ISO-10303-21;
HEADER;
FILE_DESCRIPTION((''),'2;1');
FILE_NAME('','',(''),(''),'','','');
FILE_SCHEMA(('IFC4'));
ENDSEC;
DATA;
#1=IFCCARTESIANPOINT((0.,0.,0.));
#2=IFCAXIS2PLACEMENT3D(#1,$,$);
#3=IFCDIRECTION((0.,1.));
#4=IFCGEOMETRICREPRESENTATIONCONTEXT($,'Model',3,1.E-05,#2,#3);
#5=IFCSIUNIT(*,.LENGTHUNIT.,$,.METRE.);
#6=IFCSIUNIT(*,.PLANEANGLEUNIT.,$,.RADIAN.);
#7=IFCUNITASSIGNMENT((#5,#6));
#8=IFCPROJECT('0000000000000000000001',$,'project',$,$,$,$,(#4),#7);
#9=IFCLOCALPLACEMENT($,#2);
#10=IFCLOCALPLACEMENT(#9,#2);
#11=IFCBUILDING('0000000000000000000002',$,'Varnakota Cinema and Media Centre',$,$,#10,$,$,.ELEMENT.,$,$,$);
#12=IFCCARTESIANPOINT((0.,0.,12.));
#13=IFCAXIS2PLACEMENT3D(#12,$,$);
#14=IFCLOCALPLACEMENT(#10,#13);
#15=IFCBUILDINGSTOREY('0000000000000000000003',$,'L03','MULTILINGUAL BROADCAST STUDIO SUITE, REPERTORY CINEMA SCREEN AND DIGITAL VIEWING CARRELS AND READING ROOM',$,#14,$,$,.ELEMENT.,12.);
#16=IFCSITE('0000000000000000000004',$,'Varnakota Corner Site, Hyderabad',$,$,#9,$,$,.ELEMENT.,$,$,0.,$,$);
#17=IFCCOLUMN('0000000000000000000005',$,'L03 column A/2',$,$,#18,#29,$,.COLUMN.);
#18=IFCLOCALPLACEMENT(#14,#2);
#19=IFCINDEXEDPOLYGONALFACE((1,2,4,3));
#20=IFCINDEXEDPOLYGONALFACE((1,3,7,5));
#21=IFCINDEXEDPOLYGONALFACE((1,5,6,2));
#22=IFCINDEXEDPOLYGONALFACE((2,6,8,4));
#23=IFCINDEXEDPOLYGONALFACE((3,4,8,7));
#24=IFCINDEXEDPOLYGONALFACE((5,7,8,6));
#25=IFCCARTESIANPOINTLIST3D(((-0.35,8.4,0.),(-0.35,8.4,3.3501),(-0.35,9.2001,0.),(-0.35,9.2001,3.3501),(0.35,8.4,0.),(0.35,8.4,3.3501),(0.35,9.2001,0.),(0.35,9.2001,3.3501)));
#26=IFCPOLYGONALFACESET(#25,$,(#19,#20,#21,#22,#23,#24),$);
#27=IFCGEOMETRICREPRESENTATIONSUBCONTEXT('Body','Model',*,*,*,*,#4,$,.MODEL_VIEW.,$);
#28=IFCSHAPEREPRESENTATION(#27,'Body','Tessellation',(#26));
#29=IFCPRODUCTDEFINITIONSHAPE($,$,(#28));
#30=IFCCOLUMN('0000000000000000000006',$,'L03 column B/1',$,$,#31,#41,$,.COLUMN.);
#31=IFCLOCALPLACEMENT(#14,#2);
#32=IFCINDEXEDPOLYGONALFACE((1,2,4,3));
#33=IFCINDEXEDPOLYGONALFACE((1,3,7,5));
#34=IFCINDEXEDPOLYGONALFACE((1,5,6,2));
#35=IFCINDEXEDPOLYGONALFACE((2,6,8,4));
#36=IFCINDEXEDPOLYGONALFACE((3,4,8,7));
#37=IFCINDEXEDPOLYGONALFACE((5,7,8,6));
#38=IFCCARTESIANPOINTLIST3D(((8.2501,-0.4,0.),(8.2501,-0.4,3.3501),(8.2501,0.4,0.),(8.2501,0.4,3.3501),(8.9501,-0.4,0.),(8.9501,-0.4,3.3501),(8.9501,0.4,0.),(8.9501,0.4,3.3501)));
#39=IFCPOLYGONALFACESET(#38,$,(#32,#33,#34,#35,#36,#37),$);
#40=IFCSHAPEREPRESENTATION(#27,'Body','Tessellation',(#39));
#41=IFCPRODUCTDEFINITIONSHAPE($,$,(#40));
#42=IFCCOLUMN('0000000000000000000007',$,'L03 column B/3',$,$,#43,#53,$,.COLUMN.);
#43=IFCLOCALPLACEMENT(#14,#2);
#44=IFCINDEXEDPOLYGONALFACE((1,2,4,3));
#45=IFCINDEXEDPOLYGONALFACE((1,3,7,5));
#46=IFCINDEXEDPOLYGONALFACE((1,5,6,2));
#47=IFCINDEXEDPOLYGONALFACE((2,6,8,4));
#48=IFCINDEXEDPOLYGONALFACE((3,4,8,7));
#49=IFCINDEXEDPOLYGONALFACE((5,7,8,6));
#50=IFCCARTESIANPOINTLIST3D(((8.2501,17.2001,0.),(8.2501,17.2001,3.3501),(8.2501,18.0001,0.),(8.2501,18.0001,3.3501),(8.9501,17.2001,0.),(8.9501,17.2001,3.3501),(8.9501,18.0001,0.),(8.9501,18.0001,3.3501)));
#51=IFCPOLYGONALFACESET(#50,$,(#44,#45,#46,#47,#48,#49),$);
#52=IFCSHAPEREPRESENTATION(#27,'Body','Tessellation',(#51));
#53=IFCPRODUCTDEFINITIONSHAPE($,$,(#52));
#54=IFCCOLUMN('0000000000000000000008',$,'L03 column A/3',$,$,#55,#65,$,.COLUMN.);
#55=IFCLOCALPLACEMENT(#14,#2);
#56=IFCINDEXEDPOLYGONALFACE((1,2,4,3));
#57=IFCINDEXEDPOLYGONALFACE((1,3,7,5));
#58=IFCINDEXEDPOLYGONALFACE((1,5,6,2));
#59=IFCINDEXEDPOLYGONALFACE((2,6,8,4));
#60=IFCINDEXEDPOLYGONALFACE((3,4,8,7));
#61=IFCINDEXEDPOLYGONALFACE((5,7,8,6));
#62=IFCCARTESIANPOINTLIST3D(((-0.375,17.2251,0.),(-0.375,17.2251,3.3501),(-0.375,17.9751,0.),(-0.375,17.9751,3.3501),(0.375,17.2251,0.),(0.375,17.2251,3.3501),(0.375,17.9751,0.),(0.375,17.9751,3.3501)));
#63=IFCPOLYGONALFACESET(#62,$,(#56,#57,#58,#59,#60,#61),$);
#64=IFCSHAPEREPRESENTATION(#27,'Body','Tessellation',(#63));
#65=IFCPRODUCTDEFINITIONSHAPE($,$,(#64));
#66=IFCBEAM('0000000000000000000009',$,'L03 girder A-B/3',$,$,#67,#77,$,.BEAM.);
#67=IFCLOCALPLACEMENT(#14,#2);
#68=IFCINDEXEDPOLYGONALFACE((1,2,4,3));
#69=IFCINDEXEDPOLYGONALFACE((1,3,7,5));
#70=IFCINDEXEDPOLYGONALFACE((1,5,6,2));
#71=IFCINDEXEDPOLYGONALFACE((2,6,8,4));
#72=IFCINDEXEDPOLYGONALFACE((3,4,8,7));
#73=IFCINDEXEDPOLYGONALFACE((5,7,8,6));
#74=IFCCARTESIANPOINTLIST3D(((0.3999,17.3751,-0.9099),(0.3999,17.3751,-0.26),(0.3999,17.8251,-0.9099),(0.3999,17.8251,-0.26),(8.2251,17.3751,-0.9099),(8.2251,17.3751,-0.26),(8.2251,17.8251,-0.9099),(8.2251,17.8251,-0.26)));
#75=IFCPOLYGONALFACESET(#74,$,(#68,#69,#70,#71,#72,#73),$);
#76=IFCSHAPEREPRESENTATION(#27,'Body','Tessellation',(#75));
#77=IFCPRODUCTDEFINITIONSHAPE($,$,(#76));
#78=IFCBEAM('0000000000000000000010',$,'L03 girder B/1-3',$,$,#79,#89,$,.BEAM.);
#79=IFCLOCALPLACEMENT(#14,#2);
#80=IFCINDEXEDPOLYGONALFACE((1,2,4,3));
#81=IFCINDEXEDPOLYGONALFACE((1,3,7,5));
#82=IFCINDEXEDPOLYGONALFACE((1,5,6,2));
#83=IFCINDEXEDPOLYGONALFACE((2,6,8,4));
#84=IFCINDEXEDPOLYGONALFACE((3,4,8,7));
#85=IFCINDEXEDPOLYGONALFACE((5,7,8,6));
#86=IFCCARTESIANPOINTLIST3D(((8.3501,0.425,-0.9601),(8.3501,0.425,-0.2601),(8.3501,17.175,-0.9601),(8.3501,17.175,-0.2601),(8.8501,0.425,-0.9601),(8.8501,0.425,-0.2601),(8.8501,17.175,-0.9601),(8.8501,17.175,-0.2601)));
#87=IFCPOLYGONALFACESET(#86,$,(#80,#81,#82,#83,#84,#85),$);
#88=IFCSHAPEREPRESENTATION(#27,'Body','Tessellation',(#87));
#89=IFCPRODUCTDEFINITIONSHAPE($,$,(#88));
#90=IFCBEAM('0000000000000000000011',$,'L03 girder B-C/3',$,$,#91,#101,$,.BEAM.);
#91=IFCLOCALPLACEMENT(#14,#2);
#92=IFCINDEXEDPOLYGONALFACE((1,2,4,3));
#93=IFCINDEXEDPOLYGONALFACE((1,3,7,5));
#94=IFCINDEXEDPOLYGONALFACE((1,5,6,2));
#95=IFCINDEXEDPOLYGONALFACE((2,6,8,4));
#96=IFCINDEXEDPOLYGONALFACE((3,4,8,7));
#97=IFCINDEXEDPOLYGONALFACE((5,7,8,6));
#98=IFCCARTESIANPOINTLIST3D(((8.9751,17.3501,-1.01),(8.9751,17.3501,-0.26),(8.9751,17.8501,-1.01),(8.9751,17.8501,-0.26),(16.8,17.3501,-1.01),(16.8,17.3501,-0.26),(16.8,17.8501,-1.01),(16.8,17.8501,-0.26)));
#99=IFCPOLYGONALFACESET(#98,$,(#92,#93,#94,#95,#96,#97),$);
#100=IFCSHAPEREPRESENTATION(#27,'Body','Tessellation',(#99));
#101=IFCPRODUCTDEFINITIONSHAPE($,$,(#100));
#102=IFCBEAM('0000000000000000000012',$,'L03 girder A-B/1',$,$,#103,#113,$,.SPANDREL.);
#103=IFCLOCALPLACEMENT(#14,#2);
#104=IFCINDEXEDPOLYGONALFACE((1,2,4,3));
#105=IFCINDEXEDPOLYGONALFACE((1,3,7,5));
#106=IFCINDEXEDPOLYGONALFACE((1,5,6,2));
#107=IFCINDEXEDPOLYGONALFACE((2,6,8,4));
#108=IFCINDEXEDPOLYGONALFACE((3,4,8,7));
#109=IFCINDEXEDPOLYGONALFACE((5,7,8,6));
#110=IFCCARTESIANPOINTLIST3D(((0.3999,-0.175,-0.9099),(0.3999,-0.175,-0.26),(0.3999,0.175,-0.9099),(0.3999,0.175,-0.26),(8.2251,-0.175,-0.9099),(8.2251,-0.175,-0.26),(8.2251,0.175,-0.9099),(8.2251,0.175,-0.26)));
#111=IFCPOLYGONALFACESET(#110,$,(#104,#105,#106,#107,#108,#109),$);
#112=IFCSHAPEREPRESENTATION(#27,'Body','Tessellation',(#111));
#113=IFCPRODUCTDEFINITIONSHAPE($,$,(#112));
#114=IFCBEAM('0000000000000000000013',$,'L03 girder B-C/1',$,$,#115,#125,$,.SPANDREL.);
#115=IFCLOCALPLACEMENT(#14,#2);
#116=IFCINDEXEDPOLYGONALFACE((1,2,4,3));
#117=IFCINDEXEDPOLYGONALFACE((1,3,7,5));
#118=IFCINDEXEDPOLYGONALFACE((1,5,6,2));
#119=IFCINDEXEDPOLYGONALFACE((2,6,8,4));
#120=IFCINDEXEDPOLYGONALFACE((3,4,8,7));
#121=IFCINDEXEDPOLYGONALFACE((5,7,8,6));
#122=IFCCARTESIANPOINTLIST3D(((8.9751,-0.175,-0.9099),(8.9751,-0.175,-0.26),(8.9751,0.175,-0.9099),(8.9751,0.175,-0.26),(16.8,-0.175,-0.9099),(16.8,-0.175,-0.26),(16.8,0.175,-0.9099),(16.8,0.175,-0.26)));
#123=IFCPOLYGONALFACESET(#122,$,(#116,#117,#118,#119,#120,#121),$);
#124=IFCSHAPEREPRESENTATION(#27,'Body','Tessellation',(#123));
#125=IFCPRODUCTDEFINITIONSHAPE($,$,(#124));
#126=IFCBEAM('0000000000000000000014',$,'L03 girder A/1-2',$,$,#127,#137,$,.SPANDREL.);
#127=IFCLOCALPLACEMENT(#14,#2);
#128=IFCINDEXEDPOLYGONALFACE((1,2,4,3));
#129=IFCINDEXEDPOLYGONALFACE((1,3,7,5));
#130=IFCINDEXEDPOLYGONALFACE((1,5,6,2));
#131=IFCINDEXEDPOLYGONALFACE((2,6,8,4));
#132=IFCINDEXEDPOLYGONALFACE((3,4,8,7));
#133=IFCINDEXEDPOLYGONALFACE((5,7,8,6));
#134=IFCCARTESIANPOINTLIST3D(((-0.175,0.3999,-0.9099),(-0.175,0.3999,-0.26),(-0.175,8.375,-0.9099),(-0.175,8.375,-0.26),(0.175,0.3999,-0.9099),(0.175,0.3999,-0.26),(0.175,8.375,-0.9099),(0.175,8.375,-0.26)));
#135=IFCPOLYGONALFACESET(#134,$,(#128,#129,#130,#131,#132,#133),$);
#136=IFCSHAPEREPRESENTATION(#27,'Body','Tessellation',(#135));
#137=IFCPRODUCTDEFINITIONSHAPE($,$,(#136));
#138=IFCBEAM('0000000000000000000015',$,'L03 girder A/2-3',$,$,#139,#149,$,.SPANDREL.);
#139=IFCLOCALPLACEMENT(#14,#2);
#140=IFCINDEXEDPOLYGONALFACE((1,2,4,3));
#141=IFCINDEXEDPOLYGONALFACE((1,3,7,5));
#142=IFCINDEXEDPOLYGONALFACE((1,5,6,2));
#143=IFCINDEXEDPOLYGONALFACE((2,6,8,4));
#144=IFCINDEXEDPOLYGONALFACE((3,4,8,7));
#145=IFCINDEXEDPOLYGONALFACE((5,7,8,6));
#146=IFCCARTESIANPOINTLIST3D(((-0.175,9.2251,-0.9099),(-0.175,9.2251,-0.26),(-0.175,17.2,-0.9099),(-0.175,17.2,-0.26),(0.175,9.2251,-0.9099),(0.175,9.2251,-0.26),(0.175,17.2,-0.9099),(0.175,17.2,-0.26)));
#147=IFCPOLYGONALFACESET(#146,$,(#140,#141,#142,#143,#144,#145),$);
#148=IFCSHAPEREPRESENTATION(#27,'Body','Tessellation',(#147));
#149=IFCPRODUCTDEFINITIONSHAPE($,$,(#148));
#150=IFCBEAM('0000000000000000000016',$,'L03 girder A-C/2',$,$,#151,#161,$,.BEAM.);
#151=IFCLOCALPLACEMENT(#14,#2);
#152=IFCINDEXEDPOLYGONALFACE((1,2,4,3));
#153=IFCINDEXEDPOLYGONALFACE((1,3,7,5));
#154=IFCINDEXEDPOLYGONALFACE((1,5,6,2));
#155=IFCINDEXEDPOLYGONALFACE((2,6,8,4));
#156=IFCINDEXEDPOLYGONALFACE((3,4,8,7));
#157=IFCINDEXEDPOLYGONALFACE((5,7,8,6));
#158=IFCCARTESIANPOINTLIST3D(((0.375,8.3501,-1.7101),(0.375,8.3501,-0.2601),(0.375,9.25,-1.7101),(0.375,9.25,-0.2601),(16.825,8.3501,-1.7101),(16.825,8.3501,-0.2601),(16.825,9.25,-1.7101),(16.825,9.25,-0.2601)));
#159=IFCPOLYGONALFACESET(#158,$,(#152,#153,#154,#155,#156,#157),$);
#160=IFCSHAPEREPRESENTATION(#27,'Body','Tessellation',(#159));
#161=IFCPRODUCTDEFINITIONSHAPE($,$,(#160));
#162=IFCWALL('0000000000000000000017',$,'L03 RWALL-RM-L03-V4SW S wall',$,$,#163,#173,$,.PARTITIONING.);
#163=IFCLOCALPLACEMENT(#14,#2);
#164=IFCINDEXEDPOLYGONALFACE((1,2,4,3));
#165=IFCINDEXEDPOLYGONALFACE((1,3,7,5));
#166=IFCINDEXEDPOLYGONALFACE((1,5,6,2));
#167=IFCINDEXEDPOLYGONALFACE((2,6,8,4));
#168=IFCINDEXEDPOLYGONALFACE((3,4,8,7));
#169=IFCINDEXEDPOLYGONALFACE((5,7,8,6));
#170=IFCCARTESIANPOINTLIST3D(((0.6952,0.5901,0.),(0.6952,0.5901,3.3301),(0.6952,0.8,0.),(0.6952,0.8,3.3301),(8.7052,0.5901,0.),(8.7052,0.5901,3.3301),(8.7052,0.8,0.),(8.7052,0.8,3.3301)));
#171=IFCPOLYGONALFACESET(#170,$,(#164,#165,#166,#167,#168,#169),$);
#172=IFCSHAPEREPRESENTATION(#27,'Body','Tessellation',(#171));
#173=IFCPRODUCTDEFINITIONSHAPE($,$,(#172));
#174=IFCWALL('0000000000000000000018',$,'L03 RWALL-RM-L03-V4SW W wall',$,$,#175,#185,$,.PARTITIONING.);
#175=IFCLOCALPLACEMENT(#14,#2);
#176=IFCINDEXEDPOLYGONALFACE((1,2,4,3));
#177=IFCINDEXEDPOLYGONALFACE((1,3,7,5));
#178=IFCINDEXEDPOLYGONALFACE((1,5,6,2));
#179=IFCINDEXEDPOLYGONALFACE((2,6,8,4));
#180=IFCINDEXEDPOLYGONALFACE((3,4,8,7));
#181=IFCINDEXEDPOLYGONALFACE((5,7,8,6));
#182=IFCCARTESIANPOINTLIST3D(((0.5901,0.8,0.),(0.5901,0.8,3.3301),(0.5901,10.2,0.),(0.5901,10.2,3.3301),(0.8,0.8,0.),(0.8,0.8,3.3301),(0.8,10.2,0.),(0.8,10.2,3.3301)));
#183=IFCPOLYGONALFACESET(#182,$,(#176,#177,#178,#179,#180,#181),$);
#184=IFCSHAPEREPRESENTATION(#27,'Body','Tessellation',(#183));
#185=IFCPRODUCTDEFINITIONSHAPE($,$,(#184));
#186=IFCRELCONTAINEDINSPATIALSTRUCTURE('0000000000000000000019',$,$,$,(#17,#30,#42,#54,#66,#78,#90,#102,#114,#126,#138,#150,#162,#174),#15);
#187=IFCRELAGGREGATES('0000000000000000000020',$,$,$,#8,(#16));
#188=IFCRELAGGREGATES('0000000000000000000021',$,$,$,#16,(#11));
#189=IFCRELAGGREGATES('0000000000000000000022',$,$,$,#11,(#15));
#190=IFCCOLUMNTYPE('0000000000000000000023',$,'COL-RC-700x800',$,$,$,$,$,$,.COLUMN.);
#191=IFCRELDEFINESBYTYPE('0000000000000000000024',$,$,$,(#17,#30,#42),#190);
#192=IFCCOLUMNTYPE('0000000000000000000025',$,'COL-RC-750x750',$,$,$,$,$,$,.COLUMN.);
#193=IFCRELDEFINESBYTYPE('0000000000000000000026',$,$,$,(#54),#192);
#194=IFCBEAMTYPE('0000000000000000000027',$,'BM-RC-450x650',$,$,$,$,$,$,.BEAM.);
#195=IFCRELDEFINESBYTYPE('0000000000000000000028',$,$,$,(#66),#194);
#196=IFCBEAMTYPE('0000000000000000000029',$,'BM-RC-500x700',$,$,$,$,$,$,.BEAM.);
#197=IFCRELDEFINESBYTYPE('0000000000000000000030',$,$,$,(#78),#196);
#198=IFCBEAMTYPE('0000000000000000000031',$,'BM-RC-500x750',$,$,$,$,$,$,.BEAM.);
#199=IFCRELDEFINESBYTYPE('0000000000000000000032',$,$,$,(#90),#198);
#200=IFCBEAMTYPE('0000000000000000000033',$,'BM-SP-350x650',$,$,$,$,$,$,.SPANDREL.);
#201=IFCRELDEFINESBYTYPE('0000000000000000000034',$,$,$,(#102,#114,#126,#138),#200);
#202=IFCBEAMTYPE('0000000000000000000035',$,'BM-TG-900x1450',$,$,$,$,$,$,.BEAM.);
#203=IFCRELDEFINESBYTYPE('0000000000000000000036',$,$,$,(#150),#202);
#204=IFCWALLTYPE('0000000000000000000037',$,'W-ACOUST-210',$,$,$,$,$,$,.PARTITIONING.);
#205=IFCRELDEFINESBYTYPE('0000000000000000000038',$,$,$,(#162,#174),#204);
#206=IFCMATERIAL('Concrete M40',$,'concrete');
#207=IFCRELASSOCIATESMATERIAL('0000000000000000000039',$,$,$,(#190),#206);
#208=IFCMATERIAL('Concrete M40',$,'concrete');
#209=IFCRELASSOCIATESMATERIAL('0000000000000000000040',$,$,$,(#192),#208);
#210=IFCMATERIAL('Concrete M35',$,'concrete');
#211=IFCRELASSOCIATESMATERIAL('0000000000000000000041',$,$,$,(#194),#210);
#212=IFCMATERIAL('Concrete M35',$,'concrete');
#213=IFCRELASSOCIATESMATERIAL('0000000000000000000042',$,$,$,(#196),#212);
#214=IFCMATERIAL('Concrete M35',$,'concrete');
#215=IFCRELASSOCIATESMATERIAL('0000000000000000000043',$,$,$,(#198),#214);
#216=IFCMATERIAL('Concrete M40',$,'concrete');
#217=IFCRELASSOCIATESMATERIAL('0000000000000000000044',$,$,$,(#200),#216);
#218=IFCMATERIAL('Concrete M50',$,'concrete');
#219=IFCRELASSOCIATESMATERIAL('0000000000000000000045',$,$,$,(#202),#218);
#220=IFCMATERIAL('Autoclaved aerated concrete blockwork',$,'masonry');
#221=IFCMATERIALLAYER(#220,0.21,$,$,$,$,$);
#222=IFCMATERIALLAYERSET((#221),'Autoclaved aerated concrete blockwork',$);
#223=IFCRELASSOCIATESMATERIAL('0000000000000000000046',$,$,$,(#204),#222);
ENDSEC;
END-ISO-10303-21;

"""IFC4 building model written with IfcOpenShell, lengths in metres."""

from ifc_helpers import new_model, si_unit, direction, frame, frame_2d, origin, origin_2d, place, context, subcontext, project, spatial, rectangle, extrude, material, layer, layer_set, material_profile, profile_set, type_object, element, save


model = new_model("IFC4")

# Units and contexts
model_context = context("Model", 3, precision=1e-05, world=origin(), true_north=direction((0.0, 1.0)))
body_context = subcontext(model_context, "Body", "Model", "MODEL_VIEW")
ifc_project = project(units=[si_unit("LENGTHUNIT", "METRE"), si_unit("PLANEANGLEUNIT", "RADIAN")], contexts=[model_context])

# Site, building, storey
site_placement = place(None, origin())
site = spatial("IfcSite", under=ifc_project, at=site_placement, Name="Varnakota Corner Site, Hyderabad", CompositionType="ELEMENT", RefElevation=0.0)
building_placement = place(site_placement, origin())
building = spatial("IfcBuilding", under=site, at=building_placement, Name="Varnakota Cinema and Media Centre", CompositionType="ELEMENT")
storey_placement = place(building_placement, frame((0.0, 0.0, 12.0)))
storey = spatial("IfcBuildingStorey", under=building, at=storey_placement, Name="L03", Description="MULTILINGUAL BROADCAST STUDIO SUITE, REPERTORY CINEMA SCREEN AND DIGITAL VIEWING CARRELS AND READING ROOM", CompositionType="ELEMENT", Elevation=12.0)

# Columns
ifc_material_1 = material(Name="Concrete M40", Category="concrete")
ifc_material_profile_1 = material_profile(ifc_material_1, rectangle(XDim=0.7, YDim=0.8, at=origin_2d()), Name="RC 700x800")
ifc_profile_set_1 = profile_set([ifc_material_profile_1], Name="Concrete M40")
column_type_1 = type_object("IfcColumnType", Name="COL-RC-700x800", PredefinedType="COLUMN", material=ifc_profile_set_1)
for number, where, z_axis, x_axis, name in (
    (1, (0.0, 8.8, 0.0), (0.0, 0.0, 1.0), (1.0, 0.0, 0.0), "L03 column A/2"),
    (2, (8.6001, 0.0, 0.0), (0.0, 0.0, 1.0), (1.0, 0.0, 0.0), "L03 column B/1"),
    (3, (8.6001, 17.6001, 0.0), (0.0, 0.0, 1.0), (1.0, 0.0, 0.0), "L03 column B/3"),
):
    element("IfcColumn", number, at=place(storey_placement, frame(where, z_axis=z_axis, x_axis=x_axis)), inside=storey, type_object=column_type_1, Name=name, PredefinedType="COLUMN", context=body_context, shape_type="SweptSolid", body=[
        extrude(rectangle(XDim=0.7, YDim=0.8, at=origin_2d()), origin(), (0.0, 0.0, 1.0), 3.3501),
    ])
ifc_material_2 = material(Name="Concrete M40", Category="concrete")
ifc_material_profile_2 = material_profile(ifc_material_2, rectangle(XDim=0.75, YDim=0.75, at=origin_2d()), Name="RC 750x750")
ifc_profile_set_2 = profile_set([ifc_material_profile_2], Name="Concrete M40")
column_type_2 = type_object("IfcColumnType", Name="COL-RC-750x750", PredefinedType="COLUMN", material=ifc_profile_set_2)
column_placement = place(storey_placement, frame((0.0, 17.6001, 0.0), z_axis=(0.0, 0.0, 1.0), x_axis=(1.0, 0.0, 0.0)))
element("IfcColumn", 4, at=column_placement, inside=storey, type_object=column_type_2, Name="L03 column A/3", PredefinedType="COLUMN", context=body_context, shape_type="SweptSolid", body=[
    extrude(rectangle(XDim=0.75, YDim=0.75, at=origin_2d()), origin(), (0.0, 0.0, 1.0), 3.3501),
])

# Beams
ifc_material_3 = material(Name="Concrete M35", Category="concrete")
ifc_material_profile_3 = material_profile(ifc_material_3, rectangle(XDim=0.45, YDim=0.6499, at=origin_2d()), Name="RCB 450x650")
ifc_profile_set_3 = profile_set([ifc_material_profile_3], Name="Concrete M35")
beam_type_1 = type_object("IfcBeamType", Name="BM-RC-450x650", PredefinedType="BEAM", material=ifc_profile_set_3)
beam_1_placement = place(storey_placement, frame((0.3999, 17.6001, -0.585), z_axis=(1.0, 0.0, 0.0), x_axis=(0.0, 1.0, 0.0)))
element("IfcBeam", 5, at=beam_1_placement, inside=storey, type_object=beam_type_1, Name="L03 girder A-B/3", PredefinedType="BEAM", context=body_context, shape_type="SweptSolid", body=[
    extrude(rectangle(XDim=0.45, YDim=0.6499, at=origin_2d()), origin(), (0.0, 0.0, 1.0), 7.8252),
])
ifc_material_4 = material(Name="Concrete M35", Category="concrete")
ifc_material_profile_4 = material_profile(ifc_material_4, rectangle(XDim=0.5, YDim=0.7, at=origin_2d()), Name="RCB 500x700")
ifc_profile_set_4 = profile_set([ifc_material_profile_4], Name="Concrete M35")
beam_type_2 = type_object("IfcBeamType", Name="BM-RC-500x700", PredefinedType="BEAM", material=ifc_profile_set_4)
beam_2_placement = place(storey_placement, frame((8.6001, 0.425, -0.6101), z_axis=(0.0, 1.0, 0.0), x_axis=(-1.0, 0.0, 0.0)))
element("IfcBeam", 6, at=beam_2_placement, inside=storey, type_object=beam_type_2, Name="L03 girder B/1-3", PredefinedType="BEAM", context=body_context, shape_type="SweptSolid", body=[
    extrude(rectangle(XDim=0.5, YDim=0.7, at=origin_2d()), origin(), (0.0, 0.0, 1.0), 16.75),
])
ifc_material_5 = material(Name="Concrete M35", Category="concrete")
ifc_material_profile_5 = material_profile(ifc_material_5, rectangle(XDim=0.5, YDim=0.75, at=origin_2d()), Name="RCB 500x750")
ifc_profile_set_5 = profile_set([ifc_material_profile_5], Name="Concrete M35")
beam_type_3 = type_object("IfcBeamType", Name="BM-RC-500x750", PredefinedType="BEAM", material=ifc_profile_set_5)
beam_3_placement = place(storey_placement, frame((8.9751, 17.6001, -0.635), z_axis=(1.0, 0.0, 0.0), x_axis=(0.0, 1.0, 0.0)))
element("IfcBeam", 7, at=beam_3_placement, inside=storey, type_object=beam_type_3, Name="L03 girder B-C/3", PredefinedType="BEAM", context=body_context, shape_type="SweptSolid", body=[
    extrude(rectangle(XDim=0.5, YDim=0.75, at=origin_2d()), origin(), (0.0, 0.0, 1.0), 7.825),
])
ifc_material_6 = material(Name="Concrete M40", Category="concrete")
ifc_material_profile_6 = material_profile(ifc_material_6, rectangle(XDim=0.3501, YDim=0.6499, at=origin_2d()), Name="RCB 350x650")
ifc_profile_set_6 = profile_set([ifc_material_profile_6], Name="Concrete M40")
beam_type_4 = type_object("IfcBeamType", Name="BM-SP-350x650", PredefinedType="SPANDREL", material=ifc_profile_set_6)
beam_4_placement = place(storey_placement, frame((0.3999, 0.0, -0.585), z_axis=(1.0, 0.0, 0.0), x_axis=(0.0, 1.0, 0.0)))
element("IfcBeam", 8, at=beam_4_placement, inside=storey, type_object=beam_type_4, Name="L03 girder A-B/1", PredefinedType="SPANDREL", context=body_context, shape_type="SweptSolid", body=[
    extrude(rectangle(XDim=0.3501, YDim=0.6499, at=origin_2d()), origin(), (0.0, 0.0, 1.0), 7.8252),
])
beam_5_placement = place(storey_placement, frame((8.9751, 0.0, -0.585), z_axis=(1.0, 0.0, 0.0), x_axis=(0.0, 1.0, 0.0)))
element("IfcBeam", 9, at=beam_5_placement, inside=storey, type_object=beam_type_4, Name="L03 girder B-C/1", PredefinedType="SPANDREL", context=body_context, shape_type="SweptSolid", body=[
    extrude(rectangle(XDim=0.3501, YDim=0.6499, at=origin_2d()), origin(), (0.0, 0.0, 1.0), 7.825),
])
beam_6_placement = place(storey_placement, frame((0.0, 0.3999, -0.585), z_axis=(0.0, 1.0, 0.0), x_axis=(-1.0, 0.0, 0.0)))
element("IfcBeam", 10, at=beam_6_placement, inside=storey, type_object=beam_type_4, Name="L03 girder A/1-2", PredefinedType="SPANDREL", context=body_context, shape_type="SweptSolid", body=[
    extrude(rectangle(XDim=0.3501, YDim=0.6499, at=origin_2d()), origin(), (0.0, 0.0, 1.0), 7.9751),
])
beam_7_placement = place(storey_placement, frame((0.0, 9.2251, -0.585), z_axis=(0.0, 1.0, 0.0), x_axis=(-1.0, 0.0, 0.0)))
element("IfcBeam", 11, at=beam_7_placement, inside=storey, type_object=beam_type_4, Name="L03 girder A/2-3", PredefinedType="SPANDREL", context=body_context, shape_type="SweptSolid", body=[
    extrude(rectangle(XDim=0.3501, YDim=0.6499, at=origin_2d()), origin(), (0.0, 0.0, 1.0), 7.9749),
])
ifc_material_7 = material(Name="Concrete M50", Category="concrete")
ifc_material_profile_7 = material_profile(ifc_material_7, rectangle(XDim=0.8999, YDim=1.45, at=origin_2d()), Name="RCB 900x1450")
ifc_profile_set_7 = profile_set([ifc_material_profile_7], Name="Concrete M50")
beam_type_5 = type_object("IfcBeamType", Name="BM-TG-900x1450", PredefinedType="BEAM", material=ifc_profile_set_7)
beam_8_placement = place(storey_placement, frame((0.375, 8.8, -0.9851), z_axis=(1.0, 0.0, 0.0), x_axis=(0.0, 1.0, 0.0)))
element("IfcBeam", 12, at=beam_8_placement, inside=storey, type_object=beam_type_5, Name="L03 girder A-C/2", PredefinedType="BEAM", context=body_context, shape_type="SweptSolid", body=[
    extrude(rectangle(XDim=0.8999, YDim=1.45, at=origin_2d()), origin(), (0.0, 0.0, 1.0), 16.45),
])

# Walls
ifc_material_8 = material(Name="Autoclaved aerated concrete blockwork", Category="masonry")
ifc_layer_1 = layer(ifc_material_8, 0.21)
ifc_layer_set_1 = layer_set([ifc_layer_1], Name="Autoclaved aerated concrete blockwork")
wall_type_1 = type_object("IfcWallType", Name="W-ACOUST-210", PredefinedType="PARTITIONING", material=ifc_layer_set_1)
wall_1_placement = place(storey_placement, frame((8.7051, 0.6951, 0.0), z_axis=(0.0, 0.0, 1.0), x_axis=(-1.0, 0.0, 0.0)))
element("IfcWall", 13, at=wall_1_placement, inside=storey, type_object=wall_type_1, Name="L03 RWALL-RM-L03-V4SW S wall", PredefinedType="PARTITIONING", context=body_context, shape_type="SweptSolid", body=[
    extrude(rectangle(XDim=8.01, YDim=0.21, at=frame_2d((4.0049, 0.0))), origin(), (0.0, 0.0, 1.0), 3.3301),
])
wall_2_placement = place(storey_placement, frame((0.6951, 0.8, 0.0), z_axis=(0.0, 0.0, 1.0), x_axis=(0.0, 1.0, 0.0)))
element("IfcWall", 14, at=wall_2_placement, inside=storey, type_object=wall_type_1, Name="L03 RWALL-RM-L03-V4SW W wall", PredefinedType="PARTITIONING", context=body_context, shape_type="SweptSolid", body=[
    extrude(rectangle(XDim=9.3999, YDim=0.21, at=frame_2d((4.7, 0.0))), origin(), (0.0, 0.0, 1.0), 3.3301),
])

save(model, "model.ifc")
